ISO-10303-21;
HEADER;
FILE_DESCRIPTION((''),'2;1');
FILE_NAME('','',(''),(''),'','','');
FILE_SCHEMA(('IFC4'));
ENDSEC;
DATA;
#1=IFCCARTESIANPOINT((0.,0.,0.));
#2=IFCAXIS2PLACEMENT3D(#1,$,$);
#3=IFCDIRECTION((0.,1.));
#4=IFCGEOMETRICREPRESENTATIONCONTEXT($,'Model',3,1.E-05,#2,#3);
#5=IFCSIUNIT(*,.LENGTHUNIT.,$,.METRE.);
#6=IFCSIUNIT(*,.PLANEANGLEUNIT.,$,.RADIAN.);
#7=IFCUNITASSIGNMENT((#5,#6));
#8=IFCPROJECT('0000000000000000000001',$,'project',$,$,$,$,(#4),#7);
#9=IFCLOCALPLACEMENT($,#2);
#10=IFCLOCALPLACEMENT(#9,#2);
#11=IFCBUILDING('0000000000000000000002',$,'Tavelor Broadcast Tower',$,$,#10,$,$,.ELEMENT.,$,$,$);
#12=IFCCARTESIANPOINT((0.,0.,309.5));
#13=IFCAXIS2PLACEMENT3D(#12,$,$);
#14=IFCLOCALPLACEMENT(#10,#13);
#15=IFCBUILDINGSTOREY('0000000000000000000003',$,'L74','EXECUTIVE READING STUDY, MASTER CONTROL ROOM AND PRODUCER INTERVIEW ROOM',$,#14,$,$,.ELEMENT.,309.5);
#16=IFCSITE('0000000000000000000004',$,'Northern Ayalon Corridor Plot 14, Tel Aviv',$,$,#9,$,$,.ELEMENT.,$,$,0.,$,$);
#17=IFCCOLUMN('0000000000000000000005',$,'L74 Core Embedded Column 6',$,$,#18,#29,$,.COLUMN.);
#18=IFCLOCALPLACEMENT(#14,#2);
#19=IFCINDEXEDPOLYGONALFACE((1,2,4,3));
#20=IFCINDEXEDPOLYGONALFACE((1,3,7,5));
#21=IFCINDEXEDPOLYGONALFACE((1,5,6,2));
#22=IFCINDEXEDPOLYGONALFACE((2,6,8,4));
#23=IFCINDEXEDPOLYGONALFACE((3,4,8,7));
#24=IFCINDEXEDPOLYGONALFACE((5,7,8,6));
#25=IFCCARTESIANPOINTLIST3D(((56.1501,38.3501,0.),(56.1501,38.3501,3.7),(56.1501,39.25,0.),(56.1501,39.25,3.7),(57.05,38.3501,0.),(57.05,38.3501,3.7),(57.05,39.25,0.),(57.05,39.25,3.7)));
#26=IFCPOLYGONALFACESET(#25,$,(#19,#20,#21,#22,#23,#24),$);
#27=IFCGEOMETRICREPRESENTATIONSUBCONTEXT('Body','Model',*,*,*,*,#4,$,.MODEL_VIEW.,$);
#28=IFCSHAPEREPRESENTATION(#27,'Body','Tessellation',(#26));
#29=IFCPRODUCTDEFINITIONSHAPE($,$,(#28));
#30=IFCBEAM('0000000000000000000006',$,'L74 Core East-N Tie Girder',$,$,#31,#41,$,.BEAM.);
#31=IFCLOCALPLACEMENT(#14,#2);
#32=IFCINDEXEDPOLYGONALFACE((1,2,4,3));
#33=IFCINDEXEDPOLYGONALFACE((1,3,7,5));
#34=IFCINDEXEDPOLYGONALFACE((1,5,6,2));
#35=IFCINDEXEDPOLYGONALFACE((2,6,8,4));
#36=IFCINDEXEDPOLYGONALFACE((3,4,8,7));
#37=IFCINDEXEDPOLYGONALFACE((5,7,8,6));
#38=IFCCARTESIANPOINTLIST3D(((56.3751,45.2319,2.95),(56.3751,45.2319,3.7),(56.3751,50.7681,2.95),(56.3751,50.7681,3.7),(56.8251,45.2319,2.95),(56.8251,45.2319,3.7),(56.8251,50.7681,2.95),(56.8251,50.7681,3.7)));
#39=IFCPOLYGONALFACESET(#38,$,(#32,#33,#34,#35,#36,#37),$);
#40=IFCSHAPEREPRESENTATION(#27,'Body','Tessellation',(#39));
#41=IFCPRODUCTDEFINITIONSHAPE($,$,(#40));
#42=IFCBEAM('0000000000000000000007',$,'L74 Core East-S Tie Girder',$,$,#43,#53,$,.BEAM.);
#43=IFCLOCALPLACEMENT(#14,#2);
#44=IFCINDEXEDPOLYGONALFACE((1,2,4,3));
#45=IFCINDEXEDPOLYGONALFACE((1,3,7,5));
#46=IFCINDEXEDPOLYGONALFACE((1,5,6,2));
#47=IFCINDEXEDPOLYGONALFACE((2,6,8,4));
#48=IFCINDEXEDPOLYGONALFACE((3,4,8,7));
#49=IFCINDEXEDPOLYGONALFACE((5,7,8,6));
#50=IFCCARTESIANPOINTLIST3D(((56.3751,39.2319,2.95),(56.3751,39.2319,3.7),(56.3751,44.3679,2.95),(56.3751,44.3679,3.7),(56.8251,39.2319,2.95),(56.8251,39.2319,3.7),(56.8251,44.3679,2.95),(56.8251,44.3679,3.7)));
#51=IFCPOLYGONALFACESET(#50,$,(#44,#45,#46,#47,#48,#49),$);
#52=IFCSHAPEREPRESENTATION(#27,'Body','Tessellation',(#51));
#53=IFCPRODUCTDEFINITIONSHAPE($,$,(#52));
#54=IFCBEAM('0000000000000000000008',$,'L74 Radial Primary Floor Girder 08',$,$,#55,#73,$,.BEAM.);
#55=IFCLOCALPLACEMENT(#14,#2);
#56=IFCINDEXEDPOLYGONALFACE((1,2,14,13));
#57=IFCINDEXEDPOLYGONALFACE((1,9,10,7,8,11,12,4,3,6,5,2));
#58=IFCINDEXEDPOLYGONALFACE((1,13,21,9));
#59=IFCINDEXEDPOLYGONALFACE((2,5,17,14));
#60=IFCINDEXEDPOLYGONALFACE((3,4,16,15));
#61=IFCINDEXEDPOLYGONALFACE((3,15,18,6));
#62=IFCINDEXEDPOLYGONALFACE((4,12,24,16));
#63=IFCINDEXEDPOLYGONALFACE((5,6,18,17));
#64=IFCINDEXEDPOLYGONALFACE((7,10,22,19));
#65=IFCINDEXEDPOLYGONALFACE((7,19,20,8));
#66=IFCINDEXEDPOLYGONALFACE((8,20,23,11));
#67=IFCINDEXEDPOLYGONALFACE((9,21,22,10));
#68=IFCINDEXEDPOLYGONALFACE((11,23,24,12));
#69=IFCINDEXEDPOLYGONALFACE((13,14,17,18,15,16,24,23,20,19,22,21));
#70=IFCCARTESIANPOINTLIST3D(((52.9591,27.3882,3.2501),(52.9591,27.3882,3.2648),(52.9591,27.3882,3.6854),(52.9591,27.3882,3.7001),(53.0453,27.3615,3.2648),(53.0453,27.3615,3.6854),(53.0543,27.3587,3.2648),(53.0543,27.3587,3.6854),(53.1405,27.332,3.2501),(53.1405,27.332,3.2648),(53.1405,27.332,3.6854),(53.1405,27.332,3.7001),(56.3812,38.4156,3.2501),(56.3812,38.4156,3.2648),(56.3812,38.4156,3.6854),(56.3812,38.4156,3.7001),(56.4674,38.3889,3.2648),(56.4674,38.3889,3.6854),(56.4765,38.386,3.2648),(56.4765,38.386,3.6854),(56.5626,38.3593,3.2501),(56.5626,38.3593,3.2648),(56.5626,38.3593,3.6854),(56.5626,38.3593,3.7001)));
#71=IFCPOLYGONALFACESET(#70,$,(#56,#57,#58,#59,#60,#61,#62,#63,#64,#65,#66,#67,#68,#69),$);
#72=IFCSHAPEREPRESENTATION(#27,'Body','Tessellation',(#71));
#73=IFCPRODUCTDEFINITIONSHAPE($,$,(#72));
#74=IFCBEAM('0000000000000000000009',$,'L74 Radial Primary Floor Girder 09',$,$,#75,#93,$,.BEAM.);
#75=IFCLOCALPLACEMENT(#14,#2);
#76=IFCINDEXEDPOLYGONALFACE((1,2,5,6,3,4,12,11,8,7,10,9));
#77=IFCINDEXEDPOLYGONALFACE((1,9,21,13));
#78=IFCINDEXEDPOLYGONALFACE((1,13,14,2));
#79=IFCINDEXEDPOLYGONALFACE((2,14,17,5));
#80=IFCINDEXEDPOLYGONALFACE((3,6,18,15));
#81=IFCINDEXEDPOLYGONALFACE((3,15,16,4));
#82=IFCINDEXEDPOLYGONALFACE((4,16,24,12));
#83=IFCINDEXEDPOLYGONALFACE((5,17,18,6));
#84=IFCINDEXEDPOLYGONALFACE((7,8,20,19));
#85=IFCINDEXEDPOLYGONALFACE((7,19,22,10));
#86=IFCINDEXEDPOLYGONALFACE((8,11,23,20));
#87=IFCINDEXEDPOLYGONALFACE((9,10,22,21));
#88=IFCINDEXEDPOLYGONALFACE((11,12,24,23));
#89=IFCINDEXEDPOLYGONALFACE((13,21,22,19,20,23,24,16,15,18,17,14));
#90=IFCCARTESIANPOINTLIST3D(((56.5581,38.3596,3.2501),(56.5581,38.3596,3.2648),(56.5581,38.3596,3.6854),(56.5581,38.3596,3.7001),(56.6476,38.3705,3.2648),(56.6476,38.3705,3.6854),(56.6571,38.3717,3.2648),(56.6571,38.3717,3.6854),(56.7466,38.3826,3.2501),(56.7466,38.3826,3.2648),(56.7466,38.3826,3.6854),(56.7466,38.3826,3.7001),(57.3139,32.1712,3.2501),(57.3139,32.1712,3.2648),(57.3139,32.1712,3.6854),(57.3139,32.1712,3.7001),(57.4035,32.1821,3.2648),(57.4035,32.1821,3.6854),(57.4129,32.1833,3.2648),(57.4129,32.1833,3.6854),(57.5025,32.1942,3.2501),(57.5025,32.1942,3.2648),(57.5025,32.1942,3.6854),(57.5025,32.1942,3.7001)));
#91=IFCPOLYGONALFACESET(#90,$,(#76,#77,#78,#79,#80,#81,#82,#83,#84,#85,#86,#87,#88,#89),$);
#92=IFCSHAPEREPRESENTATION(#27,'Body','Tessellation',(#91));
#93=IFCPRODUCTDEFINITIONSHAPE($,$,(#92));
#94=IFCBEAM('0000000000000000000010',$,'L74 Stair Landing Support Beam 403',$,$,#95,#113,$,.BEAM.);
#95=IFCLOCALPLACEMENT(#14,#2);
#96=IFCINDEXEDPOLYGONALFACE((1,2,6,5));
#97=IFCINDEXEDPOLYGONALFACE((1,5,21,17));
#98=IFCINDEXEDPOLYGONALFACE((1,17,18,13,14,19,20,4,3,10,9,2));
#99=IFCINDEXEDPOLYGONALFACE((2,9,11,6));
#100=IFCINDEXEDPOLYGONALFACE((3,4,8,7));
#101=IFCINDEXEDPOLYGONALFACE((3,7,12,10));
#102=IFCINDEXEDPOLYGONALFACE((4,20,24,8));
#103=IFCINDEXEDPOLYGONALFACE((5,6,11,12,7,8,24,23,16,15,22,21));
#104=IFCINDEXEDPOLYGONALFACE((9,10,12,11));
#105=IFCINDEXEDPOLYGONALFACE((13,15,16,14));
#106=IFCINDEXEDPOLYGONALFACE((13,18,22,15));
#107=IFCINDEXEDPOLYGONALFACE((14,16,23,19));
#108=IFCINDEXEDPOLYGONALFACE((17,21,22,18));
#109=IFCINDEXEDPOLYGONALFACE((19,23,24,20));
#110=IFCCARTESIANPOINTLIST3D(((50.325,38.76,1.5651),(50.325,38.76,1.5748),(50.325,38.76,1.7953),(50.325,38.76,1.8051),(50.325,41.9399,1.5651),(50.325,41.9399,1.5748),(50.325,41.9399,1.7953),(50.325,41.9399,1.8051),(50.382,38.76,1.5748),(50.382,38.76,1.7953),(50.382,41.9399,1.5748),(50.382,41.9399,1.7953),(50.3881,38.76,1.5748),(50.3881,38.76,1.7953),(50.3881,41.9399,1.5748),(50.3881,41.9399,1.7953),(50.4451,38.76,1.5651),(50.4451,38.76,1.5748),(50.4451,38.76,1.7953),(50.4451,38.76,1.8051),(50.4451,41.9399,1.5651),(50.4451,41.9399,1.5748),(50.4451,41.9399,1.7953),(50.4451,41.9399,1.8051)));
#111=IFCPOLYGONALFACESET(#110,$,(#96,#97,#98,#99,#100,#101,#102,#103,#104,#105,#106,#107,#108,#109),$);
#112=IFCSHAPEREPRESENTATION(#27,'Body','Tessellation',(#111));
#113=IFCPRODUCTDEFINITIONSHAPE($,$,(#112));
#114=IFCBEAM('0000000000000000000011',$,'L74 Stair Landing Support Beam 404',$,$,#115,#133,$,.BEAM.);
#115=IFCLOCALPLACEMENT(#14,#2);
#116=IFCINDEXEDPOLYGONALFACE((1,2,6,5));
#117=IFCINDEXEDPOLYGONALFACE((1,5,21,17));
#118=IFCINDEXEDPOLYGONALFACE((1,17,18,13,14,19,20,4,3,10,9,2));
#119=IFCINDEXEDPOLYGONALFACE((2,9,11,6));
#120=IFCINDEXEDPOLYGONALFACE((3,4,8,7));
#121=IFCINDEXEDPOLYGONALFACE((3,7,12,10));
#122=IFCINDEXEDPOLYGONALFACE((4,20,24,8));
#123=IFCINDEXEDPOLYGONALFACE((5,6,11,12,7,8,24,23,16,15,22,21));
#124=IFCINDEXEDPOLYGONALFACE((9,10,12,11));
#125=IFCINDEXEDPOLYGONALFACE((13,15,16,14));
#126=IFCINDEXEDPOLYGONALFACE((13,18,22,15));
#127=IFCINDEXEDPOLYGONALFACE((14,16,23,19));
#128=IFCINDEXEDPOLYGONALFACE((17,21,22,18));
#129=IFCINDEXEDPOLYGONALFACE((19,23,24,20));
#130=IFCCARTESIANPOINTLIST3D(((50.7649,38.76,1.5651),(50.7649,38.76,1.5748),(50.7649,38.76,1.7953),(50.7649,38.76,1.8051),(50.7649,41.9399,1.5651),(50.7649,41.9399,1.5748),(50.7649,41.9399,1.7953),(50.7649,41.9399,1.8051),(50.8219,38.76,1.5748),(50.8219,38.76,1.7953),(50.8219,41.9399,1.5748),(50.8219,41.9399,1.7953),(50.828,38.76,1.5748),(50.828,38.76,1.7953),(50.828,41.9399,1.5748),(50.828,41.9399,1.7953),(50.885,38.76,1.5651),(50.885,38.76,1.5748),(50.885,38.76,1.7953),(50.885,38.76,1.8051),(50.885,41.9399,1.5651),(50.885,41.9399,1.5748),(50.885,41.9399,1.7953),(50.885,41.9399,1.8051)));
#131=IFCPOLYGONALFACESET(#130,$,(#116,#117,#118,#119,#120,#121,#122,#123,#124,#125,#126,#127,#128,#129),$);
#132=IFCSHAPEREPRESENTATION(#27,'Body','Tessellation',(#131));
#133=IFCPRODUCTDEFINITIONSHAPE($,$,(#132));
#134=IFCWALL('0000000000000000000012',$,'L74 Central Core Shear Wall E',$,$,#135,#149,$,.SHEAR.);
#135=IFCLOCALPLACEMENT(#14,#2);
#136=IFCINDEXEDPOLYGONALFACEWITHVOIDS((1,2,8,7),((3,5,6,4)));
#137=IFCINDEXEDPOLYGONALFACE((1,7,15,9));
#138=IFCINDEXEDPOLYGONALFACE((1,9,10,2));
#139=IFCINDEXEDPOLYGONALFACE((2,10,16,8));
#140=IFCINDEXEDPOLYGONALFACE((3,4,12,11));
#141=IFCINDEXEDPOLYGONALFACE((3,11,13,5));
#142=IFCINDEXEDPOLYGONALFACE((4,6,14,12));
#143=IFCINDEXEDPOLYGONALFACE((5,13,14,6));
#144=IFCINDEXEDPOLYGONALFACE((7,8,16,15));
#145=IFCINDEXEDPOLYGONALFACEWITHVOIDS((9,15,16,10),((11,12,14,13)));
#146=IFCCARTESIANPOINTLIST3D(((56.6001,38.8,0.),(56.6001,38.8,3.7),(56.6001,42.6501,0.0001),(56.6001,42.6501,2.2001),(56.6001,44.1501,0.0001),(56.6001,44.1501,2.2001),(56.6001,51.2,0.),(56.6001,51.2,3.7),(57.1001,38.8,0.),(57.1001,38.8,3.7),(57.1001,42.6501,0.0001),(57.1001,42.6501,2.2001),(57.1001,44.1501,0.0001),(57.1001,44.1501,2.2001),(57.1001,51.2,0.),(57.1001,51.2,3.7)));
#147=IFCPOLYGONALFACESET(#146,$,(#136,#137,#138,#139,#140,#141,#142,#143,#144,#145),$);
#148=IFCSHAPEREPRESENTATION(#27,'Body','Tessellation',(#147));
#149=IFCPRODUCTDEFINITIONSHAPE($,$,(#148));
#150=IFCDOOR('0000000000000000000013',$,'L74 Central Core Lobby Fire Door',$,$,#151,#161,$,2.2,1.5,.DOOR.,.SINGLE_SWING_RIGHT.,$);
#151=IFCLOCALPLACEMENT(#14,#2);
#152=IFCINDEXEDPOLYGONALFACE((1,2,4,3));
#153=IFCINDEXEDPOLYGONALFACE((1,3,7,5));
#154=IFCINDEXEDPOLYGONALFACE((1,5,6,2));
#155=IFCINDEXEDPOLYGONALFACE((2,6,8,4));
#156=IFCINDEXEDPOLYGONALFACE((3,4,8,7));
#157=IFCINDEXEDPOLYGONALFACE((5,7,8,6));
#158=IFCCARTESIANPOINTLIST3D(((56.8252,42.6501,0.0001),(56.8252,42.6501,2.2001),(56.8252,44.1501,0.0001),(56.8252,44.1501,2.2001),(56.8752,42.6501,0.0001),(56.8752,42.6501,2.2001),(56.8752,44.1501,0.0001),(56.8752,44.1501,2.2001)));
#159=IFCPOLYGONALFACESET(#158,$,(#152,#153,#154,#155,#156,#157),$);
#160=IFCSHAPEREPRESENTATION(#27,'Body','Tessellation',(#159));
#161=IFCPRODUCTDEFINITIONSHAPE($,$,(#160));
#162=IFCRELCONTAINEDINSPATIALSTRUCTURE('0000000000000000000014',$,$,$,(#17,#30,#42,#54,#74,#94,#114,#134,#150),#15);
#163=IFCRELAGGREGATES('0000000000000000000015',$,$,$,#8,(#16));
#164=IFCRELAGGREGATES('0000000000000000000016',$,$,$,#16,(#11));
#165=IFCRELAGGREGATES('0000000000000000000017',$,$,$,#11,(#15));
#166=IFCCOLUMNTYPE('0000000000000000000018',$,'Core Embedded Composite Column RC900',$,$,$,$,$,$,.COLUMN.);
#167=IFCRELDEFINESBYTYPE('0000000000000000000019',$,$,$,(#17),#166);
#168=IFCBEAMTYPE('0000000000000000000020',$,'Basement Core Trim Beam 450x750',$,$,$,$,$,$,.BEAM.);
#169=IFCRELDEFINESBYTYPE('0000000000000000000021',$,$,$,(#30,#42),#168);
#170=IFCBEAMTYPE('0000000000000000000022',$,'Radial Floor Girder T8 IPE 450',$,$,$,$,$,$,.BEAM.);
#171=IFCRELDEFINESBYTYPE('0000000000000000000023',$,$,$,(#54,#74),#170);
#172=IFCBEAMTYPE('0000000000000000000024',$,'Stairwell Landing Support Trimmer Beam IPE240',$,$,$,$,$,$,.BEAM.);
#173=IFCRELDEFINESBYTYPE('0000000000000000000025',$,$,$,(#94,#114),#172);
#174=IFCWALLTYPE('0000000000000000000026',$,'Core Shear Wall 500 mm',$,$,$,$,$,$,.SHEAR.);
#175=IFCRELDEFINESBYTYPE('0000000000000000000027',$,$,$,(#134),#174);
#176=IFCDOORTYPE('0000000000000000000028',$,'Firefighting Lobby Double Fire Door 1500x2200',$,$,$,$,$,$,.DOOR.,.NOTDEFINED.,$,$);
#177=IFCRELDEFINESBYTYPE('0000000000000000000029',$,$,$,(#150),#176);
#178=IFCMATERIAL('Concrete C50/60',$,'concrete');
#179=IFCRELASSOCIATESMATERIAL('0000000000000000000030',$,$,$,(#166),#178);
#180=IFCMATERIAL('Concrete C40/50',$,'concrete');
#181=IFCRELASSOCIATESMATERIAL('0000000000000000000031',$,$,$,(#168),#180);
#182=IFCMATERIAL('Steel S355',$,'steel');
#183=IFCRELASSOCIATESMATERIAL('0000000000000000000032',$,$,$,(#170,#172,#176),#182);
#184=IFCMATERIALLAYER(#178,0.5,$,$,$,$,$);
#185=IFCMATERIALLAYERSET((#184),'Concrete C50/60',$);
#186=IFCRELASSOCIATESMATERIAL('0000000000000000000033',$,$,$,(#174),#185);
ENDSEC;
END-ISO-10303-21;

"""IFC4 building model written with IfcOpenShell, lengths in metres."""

from ifc_helpers import new_model, si_unit, direction, frame, frame_2d, origin, origin_2d, place, context, subcontext, project, spatial, rectangle, i_section, extrude, material, layer, layer_set, material_profile, profile_set, type_object, element, fill, save


model = new_model("IFC4")

# Units and contexts
model_context = context("Model", 3, precision=1e-05, world=origin(), true_north=direction((0.0, 1.0)))
body_context = subcontext(model_context, "Body", "Model", "MODEL_VIEW")
ifc_project = project(units=[si_unit("LENGTHUNIT", "METRE"), si_unit("PLANEANGLEUNIT", "RADIAN")], contexts=[model_context])

# Site, building, storey
site_placement = place(None, origin())
site = spatial("IfcSite", under=ifc_project, at=site_placement, Name="Northern Ayalon Corridor Plot 14, Tel Aviv", CompositionType="ELEMENT", RefElevation=0.0)
building_placement = place(site_placement, origin())
building = spatial("IfcBuilding", under=site, at=building_placement, Name="Tavelor Broadcast Tower", CompositionType="ELEMENT")
storey_placement = place(building_placement, frame((0.0, 0.0, 309.5)))
storey = spatial("IfcBuildingStorey", under=building, at=storey_placement, Name="L74", Description="EXECUTIVE READING STUDY, MASTER CONTROL ROOM AND PRODUCER INTERVIEW ROOM", CompositionType="ELEMENT", Elevation=309.5)

# Column
ifc_material_1 = material(Name="Concrete C50/60", Category="concrete")
ifc_material_profile_1 = material_profile(ifc_material_1, rectangle(XDim=0.8999, YDim=0.8999, at=origin_2d()), Name="RC 900x900")
ifc_profile_set_1 = profile_set([ifc_material_profile_1], Name="Concrete C50/60")
column_type = type_object("IfcColumnType", Name="Core Embedded Composite Column RC900", PredefinedType="COLUMN", material=ifc_profile_set_1)
column_placement = place(storey_placement, frame((56.6001, 38.8, 0.0), z_axis=(0.0, 0.0, 1.0), x_axis=(1.0, 0.0, 0.0)))
element("IfcColumn", 1, at=column_placement, inside=storey, type_object=column_type, Name="L74 Core Embedded Column 6", PredefinedType="COLUMN", context=body_context, shape_type="SweptSolid", body=[
    extrude(rectangle(XDim=0.8999, YDim=0.8999, at=origin_2d()), origin(), (0.0, 0.0, 1.0), 3.7),
])

# Beams
ifc_material_2 = material(Name="Concrete C40/50", Category="concrete")
ifc_material_profile_2 = material_profile(ifc_material_2, rectangle(XDim=0.45, YDim=0.75, at=origin_2d()), Name="RC 450x750")
ifc_profile_set_2 = profile_set([ifc_material_profile_2], Name="Concrete C40/50")
beam_type_1 = type_object("IfcBeamType", Name="Basement Core Trim Beam 450x750", PredefinedType="BEAM", material=ifc_profile_set_2)
beam_1_placement = place(storey_placement, frame((56.6001, 45.2319, 3.325), z_axis=(0.0, 1.0, 0.0), x_axis=(-1.0, 0.0, 0.0)))
element("IfcBeam", 2, at=beam_1_placement, inside=storey, type_object=beam_type_1, Name="L74 Core East-N Tie Girder", PredefinedType="BEAM", context=body_context, shape_type="SweptSolid", body=[
    extrude(rectangle(XDim=0.45, YDim=0.75, at=origin_2d()), origin(), (0.0, 0.0, 1.0), 5.5361),
])
beam_2_placement = place(storey_placement, frame((56.6001, 39.2319, 3.325), z_axis=(0.0, 1.0, 0.0), x_axis=(-1.0, 0.0, 0.0)))
element("IfcBeam", 3, at=beam_2_placement, inside=storey, type_object=beam_type_1, Name="L74 Core East-S Tie Girder", PredefinedType="BEAM", context=body_context, shape_type="SweptSolid", body=[
    extrude(rectangle(XDim=0.45, YDim=0.75, at=origin_2d()), origin(), (0.0, 0.0, 1.0), 5.136),
])
ifc_material_3 = material(Name="Steel S355", Category="steel")
ifc_material_profile_3 = material_profile(ifc_material_3, i_section(OverallWidth=0.1899, OverallDepth=0.45, WebThickness=0.0095, FlangeThickness=0.0146, at=origin_2d()), Name="IPE 450")
ifc_profile_set_3 = profile_set([ifc_material_profile_3], Name="Steel S355")
beam_type_2 = type_object("IfcBeamType", Name="Radial Floor Girder T8 IPE 450", PredefinedType="BEAM", material=ifc_profile_set_3)
beam_3_placement = place(storey_placement, frame((56.4719, 38.3875, 3.4751), z_axis=(-0.296387, -0.955068, 0.0), x_axis=(0.955068, -0.296387, 0.0)))
element("IfcBeam", 4, at=beam_3_placement, inside=storey, type_object=beam_type_2, Name="L74 Radial Primary Floor Girder 08", PredefinedType="BEAM", context=body_context, shape_type="SweptSolid", body=[
    extrude(i_section(OverallWidth=0.1899, OverallDepth=0.45, WebThickness=0.0095, FlangeThickness=0.0146, at=origin_2d()), origin(), (0.0, 0.0, 1.0), 11.5461),
])
beam_4_placement = place(storey_placement, frame((56.6523, 38.3711, 3.4751), z_axis=(0.121239, -0.992623, 0.0), x_axis=(0.992623, 0.121239, 0.0)))
element("IfcBeam", 5, at=beam_4_placement, inside=storey, type_object=beam_type_2, Name="L74 Radial Primary Floor Girder 09", PredefinedType="BEAM", context=body_context, shape_type="SweptSolid", body=[
    extrude(i_section(OverallWidth=0.1899, OverallDepth=0.45, WebThickness=0.0095, FlangeThickness=0.0146, at=origin_2d()), origin(), (0.0, 0.0, 1.0), 6.2344),
])
ifc_material_profile_4 = material_profile(ifc_material_3, i_section(OverallWidth=0.1201, OverallDepth=0.24, WebThickness=0.0061, FlangeThickness=0.0098, at=origin_2d()), Name="IPE 240")
ifc_profile_set_4 = profile_set([ifc_material_profile_4], Name="Steel S355")
beam_type_3 = type_object("IfcBeamType", Name="Stairwell Landing Support Trimmer Beam IPE240", PredefinedType="BEAM", material=ifc_profile_set_4)
for number, where, z_axis, x_axis, name in (
    (6, (50.385, 38.76, 1.6851), (0.0, 1.0, 0.0), (-1.0, 0.0, 0.0), "L74 Stair Landing Support Beam 403"),
    (7, (50.825, 38.76, 1.6851), (0.0, 1.0, 0.0), (-1.0, 0.0, 0.0), "L74 Stair Landing Support Beam 404"),
):
    element("IfcBeam", number, at=place(storey_placement, frame(where, z_axis=z_axis, x_axis=x_axis)), inside=storey, type_object=beam_type_3, Name=name, PredefinedType="BEAM", context=body_context, shape_type="SweptSolid", body=[
        extrude(i_section(OverallWidth=0.1201, OverallDepth=0.24, WebThickness=0.0061, FlangeThickness=0.0098, at=origin_2d()), origin(), (0.0, 0.0, 1.0), 3.1799),
    ])

# Wall, opening, door
ifc_layer_1 = layer(ifc_material_1, 0.5)
ifc_layer_set_1 = layer_set([ifc_layer_1], Name="Concrete C50/60")
wall_type_1 = type_object("IfcWallType", Name="Core Shear Wall 500 mm", PredefinedType="SHEAR", material=ifc_layer_set_1)
wall_1_placement = place(storey_placement, frame((56.8501, 38.8, 0.0), z_axis=(0.0, 0.0, 1.0), x_axis=(0.0, 1.0, 0.0)))
wall_1 = element("IfcWall", 8, at=wall_1_placement, inside=storey, type_object=wall_type_1, Name="L74 Central Core Shear Wall E", PredefinedType="SHEAR", context=body_context, shape_type="SweptSolid", body=[
    extrude(rectangle(XDim=12.3999, YDim=0.5, at=frame_2d((6.2, 0.0))), origin(), (0.0, 0.0, 1.0), 3.7),
])
opening_1_placement = place(wall_1_placement, frame((3.8501, 0.0, 0.0)))
opening_1 = element("IfcOpeningElement", 9, at=opening_1_placement, cuts=wall_1, PredefinedType="OPENING", context=body_context, shape_type="SweptSolid", body=[
    extrude(rectangle(XDim=1.5, YDim=2.2, at=frame_2d((0.75, 1.1001))), frame((0.0, 0.26, 0.0), z_axis=(0.0, -1.0, 0.0), x_axis=(1.0, 0.0, 0.0)), (0.0, 0.0, 1.0), 0.52),
])
door_type_1 = type_object("IfcDoorType", Name="Firefighting Lobby Double Fire Door 1500x2200", OperationType="NOTDEFINED", PredefinedType="DOOR", material=ifc_material_3)
door_1_placement = place(opening_1_placement, origin())
door_1 = element("IfcDoor", 10, at=door_1_placement, inside=storey, type_object=door_type_1, Name="L74 Central Core Lobby Fire Door", OperationType="SINGLE_SWING_RIGHT", OverallHeight=2.2, OverallWidth=1.5, PredefinedType="DOOR", context=body_context, shape_type="SweptSolid", body=[
    extrude(rectangle(XDim=1.5, YDim=2.2, at=frame_2d((0.75, 1.1001))), frame((0.0, 0.0249, 0.0), z_axis=(0.0, -1.0, 0.0), x_axis=(1.0, 0.0, 0.0)), (0.0, 0.0, 1.0), 0.05),
])
fill(opening_1, door_1)

save(model, "model.ifc")
